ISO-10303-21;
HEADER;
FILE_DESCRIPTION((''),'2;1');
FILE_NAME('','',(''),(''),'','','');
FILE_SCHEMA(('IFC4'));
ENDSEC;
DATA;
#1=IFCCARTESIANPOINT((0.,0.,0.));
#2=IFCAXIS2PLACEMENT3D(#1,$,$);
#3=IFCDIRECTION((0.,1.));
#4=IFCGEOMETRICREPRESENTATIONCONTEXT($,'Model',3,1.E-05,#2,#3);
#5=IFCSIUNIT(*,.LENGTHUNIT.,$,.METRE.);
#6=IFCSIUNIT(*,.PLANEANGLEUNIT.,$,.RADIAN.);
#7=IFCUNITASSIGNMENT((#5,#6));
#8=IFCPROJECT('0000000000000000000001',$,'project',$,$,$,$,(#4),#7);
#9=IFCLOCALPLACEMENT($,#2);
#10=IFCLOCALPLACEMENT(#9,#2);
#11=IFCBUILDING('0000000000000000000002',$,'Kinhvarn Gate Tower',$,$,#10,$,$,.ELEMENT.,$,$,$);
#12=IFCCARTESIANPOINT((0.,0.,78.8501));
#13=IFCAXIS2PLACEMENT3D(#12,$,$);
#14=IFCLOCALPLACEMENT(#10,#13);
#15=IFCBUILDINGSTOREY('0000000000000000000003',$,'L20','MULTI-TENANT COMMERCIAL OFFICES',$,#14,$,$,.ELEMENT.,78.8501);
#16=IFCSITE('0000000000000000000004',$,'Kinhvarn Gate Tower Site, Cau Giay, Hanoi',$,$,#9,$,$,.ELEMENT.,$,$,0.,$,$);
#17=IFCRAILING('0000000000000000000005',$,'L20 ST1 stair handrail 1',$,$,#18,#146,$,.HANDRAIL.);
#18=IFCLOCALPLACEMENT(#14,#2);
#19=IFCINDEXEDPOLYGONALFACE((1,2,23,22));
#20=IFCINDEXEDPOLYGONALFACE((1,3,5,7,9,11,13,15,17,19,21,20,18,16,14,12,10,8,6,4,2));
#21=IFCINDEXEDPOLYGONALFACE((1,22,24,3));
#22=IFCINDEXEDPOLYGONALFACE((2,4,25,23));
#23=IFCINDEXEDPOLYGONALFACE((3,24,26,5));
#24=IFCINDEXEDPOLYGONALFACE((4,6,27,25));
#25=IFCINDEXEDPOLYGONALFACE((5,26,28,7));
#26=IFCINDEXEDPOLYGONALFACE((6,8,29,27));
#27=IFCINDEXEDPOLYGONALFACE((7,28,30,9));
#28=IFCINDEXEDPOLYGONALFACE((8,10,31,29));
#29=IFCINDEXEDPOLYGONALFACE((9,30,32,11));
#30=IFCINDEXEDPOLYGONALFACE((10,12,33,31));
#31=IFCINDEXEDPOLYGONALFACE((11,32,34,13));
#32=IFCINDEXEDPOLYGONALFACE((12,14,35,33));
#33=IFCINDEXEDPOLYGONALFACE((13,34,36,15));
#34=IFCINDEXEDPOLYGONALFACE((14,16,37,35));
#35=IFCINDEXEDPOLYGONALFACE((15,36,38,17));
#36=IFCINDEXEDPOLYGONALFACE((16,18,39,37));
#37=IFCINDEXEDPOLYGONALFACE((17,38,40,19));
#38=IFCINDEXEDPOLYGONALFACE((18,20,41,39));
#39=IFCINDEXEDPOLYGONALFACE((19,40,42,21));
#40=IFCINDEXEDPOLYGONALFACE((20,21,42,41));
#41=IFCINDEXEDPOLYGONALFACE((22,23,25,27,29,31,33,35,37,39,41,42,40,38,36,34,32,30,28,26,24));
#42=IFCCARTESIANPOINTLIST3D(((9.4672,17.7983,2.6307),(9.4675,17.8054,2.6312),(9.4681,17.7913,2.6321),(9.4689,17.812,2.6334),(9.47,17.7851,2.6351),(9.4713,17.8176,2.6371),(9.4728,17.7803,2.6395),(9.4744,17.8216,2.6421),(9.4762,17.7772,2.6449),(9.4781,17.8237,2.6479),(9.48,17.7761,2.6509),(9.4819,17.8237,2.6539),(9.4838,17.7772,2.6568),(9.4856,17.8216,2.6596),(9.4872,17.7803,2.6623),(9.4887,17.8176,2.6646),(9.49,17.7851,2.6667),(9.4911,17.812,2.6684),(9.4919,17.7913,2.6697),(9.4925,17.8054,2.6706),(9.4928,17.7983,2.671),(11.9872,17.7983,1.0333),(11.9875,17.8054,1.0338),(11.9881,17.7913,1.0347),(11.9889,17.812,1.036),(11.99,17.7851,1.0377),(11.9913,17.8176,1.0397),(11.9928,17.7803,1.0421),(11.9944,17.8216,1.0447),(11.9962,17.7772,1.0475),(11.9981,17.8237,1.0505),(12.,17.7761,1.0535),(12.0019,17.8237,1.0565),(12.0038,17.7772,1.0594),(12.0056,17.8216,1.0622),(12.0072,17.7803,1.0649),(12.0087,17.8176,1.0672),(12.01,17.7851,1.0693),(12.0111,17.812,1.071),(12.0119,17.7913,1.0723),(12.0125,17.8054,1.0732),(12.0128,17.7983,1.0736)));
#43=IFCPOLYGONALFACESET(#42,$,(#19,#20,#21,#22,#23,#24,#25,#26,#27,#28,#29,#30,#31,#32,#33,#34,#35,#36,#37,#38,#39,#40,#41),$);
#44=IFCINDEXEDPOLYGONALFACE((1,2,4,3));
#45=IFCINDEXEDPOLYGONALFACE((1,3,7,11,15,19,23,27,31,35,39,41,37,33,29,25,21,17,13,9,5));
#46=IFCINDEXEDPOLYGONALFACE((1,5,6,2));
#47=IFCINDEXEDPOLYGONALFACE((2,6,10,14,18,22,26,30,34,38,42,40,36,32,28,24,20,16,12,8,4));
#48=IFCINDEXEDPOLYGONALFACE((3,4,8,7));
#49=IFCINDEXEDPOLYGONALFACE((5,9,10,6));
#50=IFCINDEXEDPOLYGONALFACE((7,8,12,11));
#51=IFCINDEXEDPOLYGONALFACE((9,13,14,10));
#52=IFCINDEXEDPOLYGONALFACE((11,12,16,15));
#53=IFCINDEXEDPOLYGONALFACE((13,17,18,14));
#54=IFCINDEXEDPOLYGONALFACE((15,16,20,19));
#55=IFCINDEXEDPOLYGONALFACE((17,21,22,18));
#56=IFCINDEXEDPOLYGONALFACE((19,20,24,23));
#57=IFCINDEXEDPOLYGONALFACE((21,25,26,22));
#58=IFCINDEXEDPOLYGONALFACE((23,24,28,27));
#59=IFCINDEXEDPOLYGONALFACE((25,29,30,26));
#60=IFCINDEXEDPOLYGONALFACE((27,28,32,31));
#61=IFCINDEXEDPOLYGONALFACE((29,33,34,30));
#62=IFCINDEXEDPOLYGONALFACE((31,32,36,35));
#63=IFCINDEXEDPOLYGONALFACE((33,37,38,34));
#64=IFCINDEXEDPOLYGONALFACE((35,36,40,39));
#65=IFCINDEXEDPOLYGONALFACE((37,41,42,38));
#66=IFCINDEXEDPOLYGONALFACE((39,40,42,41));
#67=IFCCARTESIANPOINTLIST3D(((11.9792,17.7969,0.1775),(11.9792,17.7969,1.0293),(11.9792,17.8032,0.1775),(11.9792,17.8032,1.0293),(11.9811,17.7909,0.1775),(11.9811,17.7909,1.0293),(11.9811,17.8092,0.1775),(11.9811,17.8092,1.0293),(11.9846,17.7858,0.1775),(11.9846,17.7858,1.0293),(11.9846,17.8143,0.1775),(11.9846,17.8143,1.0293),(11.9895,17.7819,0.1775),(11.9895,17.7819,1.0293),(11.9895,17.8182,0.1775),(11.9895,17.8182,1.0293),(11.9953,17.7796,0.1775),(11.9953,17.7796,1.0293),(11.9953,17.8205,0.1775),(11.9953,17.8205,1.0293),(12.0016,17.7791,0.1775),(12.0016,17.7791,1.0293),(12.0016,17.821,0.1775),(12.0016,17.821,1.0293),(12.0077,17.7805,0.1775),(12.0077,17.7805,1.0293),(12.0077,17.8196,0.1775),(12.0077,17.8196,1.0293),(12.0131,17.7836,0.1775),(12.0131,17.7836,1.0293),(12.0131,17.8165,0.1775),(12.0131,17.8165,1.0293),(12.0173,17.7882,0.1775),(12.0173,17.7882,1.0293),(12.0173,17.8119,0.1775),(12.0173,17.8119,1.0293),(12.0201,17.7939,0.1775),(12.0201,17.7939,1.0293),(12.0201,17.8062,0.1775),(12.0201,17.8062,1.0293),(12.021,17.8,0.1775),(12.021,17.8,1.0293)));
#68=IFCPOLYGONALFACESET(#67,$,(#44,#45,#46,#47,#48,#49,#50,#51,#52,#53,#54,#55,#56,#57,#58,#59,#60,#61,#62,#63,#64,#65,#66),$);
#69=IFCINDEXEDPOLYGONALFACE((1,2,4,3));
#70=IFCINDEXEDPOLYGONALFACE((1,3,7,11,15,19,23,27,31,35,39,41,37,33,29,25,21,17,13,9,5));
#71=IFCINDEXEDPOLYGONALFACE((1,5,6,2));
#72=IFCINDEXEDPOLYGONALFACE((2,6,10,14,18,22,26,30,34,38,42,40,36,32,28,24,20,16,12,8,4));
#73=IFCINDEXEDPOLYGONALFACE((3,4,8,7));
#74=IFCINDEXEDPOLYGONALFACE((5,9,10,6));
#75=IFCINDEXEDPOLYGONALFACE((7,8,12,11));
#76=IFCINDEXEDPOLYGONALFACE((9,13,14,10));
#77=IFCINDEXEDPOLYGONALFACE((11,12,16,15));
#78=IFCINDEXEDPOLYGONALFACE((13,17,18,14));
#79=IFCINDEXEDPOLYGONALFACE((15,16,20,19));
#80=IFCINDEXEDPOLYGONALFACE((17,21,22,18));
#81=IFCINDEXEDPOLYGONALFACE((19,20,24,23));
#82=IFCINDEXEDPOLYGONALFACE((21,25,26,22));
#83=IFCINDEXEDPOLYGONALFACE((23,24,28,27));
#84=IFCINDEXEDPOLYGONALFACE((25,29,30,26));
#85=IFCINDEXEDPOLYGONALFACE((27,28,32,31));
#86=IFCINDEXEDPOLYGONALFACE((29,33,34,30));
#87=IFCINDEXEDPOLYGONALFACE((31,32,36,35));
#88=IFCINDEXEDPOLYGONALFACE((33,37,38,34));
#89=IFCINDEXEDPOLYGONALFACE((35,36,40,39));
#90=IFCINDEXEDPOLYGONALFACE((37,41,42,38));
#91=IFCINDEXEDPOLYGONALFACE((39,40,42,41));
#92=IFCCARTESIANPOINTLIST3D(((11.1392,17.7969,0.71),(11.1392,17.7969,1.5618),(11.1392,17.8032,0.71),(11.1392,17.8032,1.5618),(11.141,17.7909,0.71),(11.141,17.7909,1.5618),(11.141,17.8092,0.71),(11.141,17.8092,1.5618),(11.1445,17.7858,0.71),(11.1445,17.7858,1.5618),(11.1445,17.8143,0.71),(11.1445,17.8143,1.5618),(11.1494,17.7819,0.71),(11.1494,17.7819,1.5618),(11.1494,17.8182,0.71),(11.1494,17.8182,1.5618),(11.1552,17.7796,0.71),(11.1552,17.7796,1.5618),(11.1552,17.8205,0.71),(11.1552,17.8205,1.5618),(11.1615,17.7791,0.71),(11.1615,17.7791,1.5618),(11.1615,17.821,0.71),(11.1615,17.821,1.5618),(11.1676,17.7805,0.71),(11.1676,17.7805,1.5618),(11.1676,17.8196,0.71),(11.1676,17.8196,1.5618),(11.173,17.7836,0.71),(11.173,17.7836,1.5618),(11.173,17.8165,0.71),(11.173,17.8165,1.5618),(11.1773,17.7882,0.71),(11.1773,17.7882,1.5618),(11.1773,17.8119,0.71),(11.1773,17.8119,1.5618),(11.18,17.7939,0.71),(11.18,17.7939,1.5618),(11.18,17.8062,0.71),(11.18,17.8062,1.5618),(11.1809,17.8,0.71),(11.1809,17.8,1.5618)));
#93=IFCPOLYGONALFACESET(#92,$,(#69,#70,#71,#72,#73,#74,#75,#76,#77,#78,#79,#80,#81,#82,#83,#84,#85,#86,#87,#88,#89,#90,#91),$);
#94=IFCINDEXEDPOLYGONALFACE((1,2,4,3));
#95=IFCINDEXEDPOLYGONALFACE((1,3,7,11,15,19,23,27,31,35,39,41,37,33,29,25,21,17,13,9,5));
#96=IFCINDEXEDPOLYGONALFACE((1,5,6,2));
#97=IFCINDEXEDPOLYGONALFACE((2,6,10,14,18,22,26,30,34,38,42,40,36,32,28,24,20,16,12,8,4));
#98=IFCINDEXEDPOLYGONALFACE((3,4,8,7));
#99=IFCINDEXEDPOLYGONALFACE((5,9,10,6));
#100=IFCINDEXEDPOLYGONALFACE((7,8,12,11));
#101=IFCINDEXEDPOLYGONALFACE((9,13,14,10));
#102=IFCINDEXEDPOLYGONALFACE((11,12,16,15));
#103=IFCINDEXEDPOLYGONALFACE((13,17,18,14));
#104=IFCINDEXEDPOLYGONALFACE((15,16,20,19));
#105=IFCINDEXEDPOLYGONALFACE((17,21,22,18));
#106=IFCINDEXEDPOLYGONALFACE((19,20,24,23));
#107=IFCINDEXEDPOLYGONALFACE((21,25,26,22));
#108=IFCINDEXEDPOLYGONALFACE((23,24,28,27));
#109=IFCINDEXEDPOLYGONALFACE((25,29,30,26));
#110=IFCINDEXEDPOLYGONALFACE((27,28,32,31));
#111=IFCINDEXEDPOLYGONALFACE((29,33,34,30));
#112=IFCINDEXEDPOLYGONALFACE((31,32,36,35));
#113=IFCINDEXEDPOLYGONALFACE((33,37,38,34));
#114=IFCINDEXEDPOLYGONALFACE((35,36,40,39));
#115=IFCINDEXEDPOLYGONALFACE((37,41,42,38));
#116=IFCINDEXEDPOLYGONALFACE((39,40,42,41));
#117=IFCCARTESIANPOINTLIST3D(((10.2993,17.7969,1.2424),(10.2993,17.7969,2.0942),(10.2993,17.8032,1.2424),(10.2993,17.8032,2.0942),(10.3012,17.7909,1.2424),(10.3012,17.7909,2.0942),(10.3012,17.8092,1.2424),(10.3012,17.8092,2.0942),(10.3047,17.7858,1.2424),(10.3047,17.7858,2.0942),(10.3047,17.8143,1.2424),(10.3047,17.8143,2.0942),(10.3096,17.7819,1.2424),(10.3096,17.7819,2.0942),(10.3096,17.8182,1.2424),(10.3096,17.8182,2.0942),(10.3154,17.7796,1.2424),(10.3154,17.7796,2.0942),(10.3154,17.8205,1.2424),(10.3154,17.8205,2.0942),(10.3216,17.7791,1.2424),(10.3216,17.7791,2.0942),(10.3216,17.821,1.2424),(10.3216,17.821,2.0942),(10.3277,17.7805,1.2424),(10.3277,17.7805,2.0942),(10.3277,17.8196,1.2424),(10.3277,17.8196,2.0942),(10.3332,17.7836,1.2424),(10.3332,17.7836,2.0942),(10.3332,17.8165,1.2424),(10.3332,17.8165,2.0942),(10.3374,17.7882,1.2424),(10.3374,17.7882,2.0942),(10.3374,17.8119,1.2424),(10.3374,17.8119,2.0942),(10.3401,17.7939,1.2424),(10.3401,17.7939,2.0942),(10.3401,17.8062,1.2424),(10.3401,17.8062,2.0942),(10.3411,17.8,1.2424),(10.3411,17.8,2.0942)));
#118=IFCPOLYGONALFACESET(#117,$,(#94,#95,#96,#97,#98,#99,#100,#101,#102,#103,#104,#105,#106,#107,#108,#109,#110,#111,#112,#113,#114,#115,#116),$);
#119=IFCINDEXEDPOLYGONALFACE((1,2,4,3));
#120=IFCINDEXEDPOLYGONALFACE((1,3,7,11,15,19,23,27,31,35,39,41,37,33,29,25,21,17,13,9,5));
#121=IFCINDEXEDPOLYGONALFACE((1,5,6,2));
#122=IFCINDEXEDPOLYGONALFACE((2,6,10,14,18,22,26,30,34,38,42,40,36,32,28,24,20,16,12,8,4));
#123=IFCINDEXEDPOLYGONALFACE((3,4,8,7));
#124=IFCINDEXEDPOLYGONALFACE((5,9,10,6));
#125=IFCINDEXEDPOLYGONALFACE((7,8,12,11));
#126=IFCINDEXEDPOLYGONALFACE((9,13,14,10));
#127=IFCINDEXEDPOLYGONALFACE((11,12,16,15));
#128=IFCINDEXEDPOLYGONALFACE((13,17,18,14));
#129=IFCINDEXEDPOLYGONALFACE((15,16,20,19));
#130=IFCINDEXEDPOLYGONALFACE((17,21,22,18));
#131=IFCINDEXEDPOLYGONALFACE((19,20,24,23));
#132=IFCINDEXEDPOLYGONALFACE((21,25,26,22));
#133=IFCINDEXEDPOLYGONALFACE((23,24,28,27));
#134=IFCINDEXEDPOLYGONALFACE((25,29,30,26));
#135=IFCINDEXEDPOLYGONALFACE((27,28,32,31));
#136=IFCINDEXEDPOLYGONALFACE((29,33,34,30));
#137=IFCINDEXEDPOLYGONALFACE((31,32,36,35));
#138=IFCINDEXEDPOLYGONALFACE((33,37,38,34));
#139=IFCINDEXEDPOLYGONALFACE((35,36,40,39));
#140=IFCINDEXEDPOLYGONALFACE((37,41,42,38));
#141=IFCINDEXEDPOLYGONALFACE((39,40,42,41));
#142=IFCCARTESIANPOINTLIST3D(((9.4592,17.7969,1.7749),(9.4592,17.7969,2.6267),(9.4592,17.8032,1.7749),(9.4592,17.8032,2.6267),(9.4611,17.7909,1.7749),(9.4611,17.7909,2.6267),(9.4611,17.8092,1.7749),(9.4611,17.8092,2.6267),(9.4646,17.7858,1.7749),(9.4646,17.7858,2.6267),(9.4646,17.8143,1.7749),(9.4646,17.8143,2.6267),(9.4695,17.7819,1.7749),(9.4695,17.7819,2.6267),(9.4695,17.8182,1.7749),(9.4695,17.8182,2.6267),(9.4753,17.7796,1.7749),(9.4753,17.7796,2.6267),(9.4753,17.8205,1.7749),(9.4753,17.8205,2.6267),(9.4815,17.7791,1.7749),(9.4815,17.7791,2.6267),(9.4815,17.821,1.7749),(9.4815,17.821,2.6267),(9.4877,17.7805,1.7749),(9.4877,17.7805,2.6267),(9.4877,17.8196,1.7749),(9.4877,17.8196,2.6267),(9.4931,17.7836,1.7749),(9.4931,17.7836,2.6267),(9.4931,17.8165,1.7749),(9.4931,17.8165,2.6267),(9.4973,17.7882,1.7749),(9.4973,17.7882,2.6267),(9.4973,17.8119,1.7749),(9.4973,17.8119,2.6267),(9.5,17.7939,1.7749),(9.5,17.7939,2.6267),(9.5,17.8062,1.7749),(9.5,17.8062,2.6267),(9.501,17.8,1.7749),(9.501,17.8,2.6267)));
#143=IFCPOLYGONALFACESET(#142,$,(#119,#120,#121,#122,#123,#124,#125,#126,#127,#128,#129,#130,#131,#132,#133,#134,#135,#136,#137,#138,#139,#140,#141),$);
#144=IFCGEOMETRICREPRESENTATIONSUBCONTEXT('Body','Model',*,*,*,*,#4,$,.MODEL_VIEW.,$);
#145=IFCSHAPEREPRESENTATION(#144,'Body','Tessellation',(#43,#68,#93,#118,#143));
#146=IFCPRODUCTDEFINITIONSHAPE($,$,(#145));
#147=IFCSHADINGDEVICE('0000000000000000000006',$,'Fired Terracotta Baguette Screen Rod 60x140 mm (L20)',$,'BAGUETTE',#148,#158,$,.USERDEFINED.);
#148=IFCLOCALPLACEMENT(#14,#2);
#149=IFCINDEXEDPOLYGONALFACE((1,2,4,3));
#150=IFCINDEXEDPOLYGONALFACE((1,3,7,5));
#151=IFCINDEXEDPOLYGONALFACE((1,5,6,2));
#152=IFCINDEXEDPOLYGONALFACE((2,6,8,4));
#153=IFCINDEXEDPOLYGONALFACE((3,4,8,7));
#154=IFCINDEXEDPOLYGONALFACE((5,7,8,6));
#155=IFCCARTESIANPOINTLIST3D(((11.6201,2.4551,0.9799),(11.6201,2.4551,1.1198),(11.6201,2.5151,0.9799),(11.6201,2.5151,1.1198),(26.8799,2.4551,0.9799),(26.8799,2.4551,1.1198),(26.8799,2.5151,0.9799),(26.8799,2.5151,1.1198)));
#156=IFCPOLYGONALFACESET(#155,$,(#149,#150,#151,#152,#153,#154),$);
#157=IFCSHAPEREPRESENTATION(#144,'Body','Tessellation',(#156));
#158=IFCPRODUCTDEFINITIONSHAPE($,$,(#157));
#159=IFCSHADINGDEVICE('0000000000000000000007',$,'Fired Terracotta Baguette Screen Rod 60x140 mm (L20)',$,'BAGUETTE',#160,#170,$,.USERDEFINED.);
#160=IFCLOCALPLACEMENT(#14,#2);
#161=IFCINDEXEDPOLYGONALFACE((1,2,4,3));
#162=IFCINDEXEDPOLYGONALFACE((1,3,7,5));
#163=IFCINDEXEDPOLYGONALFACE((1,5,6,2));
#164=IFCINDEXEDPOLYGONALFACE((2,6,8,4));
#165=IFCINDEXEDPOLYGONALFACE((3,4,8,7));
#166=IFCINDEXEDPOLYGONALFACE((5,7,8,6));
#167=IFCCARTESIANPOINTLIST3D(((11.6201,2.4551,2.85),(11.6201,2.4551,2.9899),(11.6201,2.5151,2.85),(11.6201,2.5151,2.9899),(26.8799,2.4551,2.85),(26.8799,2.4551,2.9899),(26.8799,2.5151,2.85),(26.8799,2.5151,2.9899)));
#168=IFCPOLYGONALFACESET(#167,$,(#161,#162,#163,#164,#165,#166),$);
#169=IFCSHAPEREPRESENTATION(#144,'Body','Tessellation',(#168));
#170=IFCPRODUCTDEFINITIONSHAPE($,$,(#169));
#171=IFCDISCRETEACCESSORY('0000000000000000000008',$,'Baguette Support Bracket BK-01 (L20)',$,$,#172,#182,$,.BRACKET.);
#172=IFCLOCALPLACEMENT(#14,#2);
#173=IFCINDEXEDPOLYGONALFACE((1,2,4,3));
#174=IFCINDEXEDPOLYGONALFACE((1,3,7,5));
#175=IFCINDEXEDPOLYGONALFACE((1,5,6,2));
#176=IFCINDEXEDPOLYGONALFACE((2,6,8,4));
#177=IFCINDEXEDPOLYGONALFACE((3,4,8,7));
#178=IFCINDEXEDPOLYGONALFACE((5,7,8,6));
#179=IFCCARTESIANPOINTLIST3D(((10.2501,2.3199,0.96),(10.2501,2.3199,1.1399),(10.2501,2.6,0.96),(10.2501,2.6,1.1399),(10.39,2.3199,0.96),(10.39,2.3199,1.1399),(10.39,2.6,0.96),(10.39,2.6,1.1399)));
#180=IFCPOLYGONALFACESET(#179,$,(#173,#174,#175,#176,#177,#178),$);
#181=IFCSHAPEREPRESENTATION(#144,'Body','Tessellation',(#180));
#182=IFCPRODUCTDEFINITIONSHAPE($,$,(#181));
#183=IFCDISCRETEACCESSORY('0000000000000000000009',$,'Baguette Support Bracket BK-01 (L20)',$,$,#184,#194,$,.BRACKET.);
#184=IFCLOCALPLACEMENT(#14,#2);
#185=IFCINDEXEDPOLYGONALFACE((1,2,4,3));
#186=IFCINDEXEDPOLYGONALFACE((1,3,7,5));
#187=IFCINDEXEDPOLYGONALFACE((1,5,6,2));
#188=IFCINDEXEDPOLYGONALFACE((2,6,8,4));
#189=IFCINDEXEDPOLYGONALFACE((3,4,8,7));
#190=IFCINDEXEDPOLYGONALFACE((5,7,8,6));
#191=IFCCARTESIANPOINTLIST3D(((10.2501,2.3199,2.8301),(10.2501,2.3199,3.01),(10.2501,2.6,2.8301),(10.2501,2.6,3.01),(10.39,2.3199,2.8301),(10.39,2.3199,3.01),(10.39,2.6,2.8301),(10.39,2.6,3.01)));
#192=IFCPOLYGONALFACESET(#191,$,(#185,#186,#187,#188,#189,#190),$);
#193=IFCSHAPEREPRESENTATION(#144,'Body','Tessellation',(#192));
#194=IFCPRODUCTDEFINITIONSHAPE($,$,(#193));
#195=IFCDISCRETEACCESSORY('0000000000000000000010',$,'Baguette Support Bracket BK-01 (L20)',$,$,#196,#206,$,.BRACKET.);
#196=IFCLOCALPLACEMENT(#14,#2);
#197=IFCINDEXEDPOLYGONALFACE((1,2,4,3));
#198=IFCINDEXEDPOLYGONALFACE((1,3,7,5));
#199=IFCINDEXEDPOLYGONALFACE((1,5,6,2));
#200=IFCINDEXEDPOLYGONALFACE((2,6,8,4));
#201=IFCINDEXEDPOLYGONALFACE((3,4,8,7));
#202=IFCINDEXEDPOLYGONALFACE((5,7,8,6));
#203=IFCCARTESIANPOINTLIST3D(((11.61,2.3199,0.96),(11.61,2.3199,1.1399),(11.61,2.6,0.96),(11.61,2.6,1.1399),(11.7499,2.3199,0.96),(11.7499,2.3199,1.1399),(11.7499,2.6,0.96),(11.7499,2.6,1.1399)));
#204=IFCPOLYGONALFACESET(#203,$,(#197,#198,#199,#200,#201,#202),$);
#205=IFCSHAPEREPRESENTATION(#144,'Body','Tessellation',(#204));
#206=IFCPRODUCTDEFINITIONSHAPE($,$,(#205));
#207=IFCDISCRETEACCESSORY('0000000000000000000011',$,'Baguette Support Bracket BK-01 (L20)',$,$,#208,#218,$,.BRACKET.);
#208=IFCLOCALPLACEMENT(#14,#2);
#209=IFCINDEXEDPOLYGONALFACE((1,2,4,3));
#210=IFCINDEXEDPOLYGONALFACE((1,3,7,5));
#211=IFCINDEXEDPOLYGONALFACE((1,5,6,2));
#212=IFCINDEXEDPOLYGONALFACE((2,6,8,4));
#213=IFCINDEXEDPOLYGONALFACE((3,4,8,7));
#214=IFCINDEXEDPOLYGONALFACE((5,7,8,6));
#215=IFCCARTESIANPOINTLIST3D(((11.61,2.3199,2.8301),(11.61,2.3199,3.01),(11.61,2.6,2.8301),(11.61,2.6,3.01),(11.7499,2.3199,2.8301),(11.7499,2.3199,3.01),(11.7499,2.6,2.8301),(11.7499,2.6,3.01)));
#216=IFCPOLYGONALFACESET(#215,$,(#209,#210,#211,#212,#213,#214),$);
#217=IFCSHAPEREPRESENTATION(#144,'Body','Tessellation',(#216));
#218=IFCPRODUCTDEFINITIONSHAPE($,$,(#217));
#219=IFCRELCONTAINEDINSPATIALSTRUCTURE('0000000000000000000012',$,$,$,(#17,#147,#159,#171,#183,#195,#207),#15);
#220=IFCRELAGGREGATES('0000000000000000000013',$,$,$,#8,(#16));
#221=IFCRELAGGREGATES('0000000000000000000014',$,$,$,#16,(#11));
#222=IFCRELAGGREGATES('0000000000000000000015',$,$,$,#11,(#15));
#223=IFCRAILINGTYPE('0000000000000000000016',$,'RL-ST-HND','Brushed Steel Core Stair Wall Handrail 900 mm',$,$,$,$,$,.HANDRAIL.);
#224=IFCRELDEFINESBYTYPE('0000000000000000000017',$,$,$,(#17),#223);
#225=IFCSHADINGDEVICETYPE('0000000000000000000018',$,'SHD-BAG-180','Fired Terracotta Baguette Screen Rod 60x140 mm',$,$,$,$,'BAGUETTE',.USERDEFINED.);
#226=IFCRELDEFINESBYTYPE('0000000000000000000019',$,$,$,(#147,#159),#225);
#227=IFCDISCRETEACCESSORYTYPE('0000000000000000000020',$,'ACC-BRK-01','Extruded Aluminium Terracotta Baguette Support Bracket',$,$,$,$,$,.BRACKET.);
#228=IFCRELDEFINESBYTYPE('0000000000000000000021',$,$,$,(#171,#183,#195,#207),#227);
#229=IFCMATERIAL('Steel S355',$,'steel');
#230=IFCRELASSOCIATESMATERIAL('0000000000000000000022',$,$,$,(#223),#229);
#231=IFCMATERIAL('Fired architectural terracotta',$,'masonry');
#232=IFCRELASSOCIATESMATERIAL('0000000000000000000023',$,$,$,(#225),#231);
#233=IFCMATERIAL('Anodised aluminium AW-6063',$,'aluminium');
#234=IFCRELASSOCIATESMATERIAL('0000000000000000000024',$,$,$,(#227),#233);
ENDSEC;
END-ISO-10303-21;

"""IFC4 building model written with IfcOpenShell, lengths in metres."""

from ifc_helpers import new_model, si_unit, direction, frame, origin, origin_2d, place, context, subcontext, project, spatial, rectangle, circle, extrude, material, material_profile, profile_set, type_object, element, save


model = new_model("IFC4")

# Units and contexts
model_context = context("Model", 3, precision=1e-05, world=origin(), true_north=direction((0.0, 1.0)))
body_context = subcontext(model_context, "Body", "Model", "MODEL_VIEW")
ifc_project = project(units=[si_unit("LENGTHUNIT", "METRE"), si_unit("PLANEANGLEUNIT", "RADIAN")], contexts=[model_context])

# Site, building, storey
site_placement = place(None, origin())
site = spatial("IfcSite", under=ifc_project, at=site_placement, Name="Kinhvarn Gate Tower Site, Cau Giay, Hanoi", CompositionType="ELEMENT", RefElevation=0.0)
building_placement = place(site_placement, origin())
building = spatial("IfcBuilding", under=site, at=building_placement, Name="Kinhvarn Gate Tower", CompositionType="ELEMENT")
storey_placement = place(building_placement, frame((0.0, 0.0, 78.8501)))
storey = spatial("IfcBuildingStorey", under=building, at=storey_placement, Name="L20", Description="MULTI-TENANT COMMERCIAL OFFICES", CompositionType="ELEMENT", Elevation=78.8501)

# Shared definitions
ifc_material_1 = material(Name="Anodised aluminium AW-6063", Category="aluminium")

# Shared definitions
ifc_material_2 = material(Name="Steel S355", Category="steel")

# Railing
railing_type_1 = type_object("IfcRailingType", Name="RL-ST-HND", Description="Brushed Steel Core Stair Wall Handrail 900 mm", PredefinedType="HANDRAIL", material=ifc_material_2)
railing_1_placement = place(storey_placement, frame((12.0, 17.8, 0.1775)))
element("IfcRailing", 1, at=railing_1_placement, inside=storey, type_object=railing_type_1, Name="L20 ST1 stair handrail 1", PredefinedType="HANDRAIL", context=body_context, shape_type="SweptSolid", body=[
    extrude(circle(Radius=0.0239, at=origin_2d()), frame((0.0, 0.0, 0.876), z_axis=(-0.844607, 0.0, 0.535387), x_axis=(0.0, -1.0, 0.0)), (0.0, 0.0, 1.0), 2.9836),
    extrude(circle(Radius=0.021, at=origin_2d()), origin(), (0.0, 0.0, 1.0), 0.8518),
    extrude(circle(Radius=0.021, at=origin_2d()), frame((-0.8401, 0.0, 0.5325)), (0.0, 0.0, 1.0), 0.8518),
    extrude(circle(Radius=0.021, at=origin_2d()), frame((-1.6799, 0.0, 1.0649)), (0.0, 0.0, 1.0), 0.8518),
    extrude(circle(Radius=0.021, at=origin_2d()), frame((-2.52, 0.0, 1.5974)), (0.0, 0.0, 1.0), 0.8518),
])

# Shading devices
ifc_material_3 = material(Name="Fired architectural terracotta", Category="masonry")
ifc_material_profile_1 = material_profile(ifc_material_3, rectangle(XDim=0.0601, YDim=0.1399, at=origin_2d()), Name="TC 60x140")
ifc_profile_set_1 = profile_set([ifc_material_profile_1], Name="Fired architectural terracotta")
shading_device_type = type_object("IfcShadingDeviceType", Name="SHD-BAG-180", Description="Fired Terracotta Baguette Screen Rod 60x140 mm", ElementType="BAGUETTE", PredefinedType="USERDEFINED", material=ifc_profile_set_1)
for number, where, z_axis, x_axis, name in (
    (2, (11.6201, 2.4851, 1.0498), (1.0, 0.0, 0.0), (0.0, 1.0, 0.0), "Fired Terracotta Baguette Screen Rod 60x140 mm (L20)"),
    (3, (11.6201, 2.4851, 2.9199), (1.0, 0.0, 0.0), (0.0, 1.0, 0.0), "Fired Terracotta Baguette Screen Rod 60x140 mm (L20)"),
):
    element("IfcShadingDevice", number, at=place(storey_placement, frame(where, z_axis=z_axis, x_axis=x_axis)), inside=storey, type_object=shading_device_type, Name=name, ObjectType="BAGUETTE", PredefinedType="USERDEFINED", context=body_context, shape_type="SweptSolid", body=[
        extrude(rectangle(XDim=0.0601, YDim=0.1399, at=origin_2d()), origin(), (0.0, 0.0, 1.0), 15.2598),
    ])

# Discrete accessories
discrete_accessory_type = type_object("IfcDiscreteAccessoryType", Name="ACC-BRK-01", Description="Extruded Aluminium Terracotta Baguette Support Bracket", PredefinedType="BRACKET", material=ifc_material_1)
for number, where, z_axis, x_axis, name in (
    (4, (10.3201, 2.46, 0.96), (0.0, 0.0, 1.0), (1.0, 0.0, 0.0), "Baguette Support Bracket BK-01 (L20)"),
    (5, (10.3201, 2.46, 2.8301), (0.0, 0.0, 1.0), (1.0, 0.0, 0.0), "Baguette Support Bracket BK-01 (L20)"),
    (6, (11.6799, 2.46, 0.96), (0.0, 0.0, 1.0), (1.0, 0.0, 0.0), "Baguette Support Bracket BK-01 (L20)"),
    (7, (11.6799, 2.46, 2.8301), (0.0, 0.0, 1.0), (1.0, 0.0, 0.0), "Baguette Support Bracket BK-01 (L20)"),
):
    element("IfcDiscreteAccessory", number, at=place(storey_placement, frame(where, z_axis=z_axis, x_axis=x_axis)), inside=storey, type_object=discrete_accessory_type, Name=name, PredefinedType="BRACKET", context=body_context, shape_type="SweptSolid", body=[
        extrude(rectangle(XDim=0.1399, YDim=0.28, at=origin_2d()), origin(), (0.0, 0.0, 1.0), 0.1799),
    ])

save(model, "model.ifc")
